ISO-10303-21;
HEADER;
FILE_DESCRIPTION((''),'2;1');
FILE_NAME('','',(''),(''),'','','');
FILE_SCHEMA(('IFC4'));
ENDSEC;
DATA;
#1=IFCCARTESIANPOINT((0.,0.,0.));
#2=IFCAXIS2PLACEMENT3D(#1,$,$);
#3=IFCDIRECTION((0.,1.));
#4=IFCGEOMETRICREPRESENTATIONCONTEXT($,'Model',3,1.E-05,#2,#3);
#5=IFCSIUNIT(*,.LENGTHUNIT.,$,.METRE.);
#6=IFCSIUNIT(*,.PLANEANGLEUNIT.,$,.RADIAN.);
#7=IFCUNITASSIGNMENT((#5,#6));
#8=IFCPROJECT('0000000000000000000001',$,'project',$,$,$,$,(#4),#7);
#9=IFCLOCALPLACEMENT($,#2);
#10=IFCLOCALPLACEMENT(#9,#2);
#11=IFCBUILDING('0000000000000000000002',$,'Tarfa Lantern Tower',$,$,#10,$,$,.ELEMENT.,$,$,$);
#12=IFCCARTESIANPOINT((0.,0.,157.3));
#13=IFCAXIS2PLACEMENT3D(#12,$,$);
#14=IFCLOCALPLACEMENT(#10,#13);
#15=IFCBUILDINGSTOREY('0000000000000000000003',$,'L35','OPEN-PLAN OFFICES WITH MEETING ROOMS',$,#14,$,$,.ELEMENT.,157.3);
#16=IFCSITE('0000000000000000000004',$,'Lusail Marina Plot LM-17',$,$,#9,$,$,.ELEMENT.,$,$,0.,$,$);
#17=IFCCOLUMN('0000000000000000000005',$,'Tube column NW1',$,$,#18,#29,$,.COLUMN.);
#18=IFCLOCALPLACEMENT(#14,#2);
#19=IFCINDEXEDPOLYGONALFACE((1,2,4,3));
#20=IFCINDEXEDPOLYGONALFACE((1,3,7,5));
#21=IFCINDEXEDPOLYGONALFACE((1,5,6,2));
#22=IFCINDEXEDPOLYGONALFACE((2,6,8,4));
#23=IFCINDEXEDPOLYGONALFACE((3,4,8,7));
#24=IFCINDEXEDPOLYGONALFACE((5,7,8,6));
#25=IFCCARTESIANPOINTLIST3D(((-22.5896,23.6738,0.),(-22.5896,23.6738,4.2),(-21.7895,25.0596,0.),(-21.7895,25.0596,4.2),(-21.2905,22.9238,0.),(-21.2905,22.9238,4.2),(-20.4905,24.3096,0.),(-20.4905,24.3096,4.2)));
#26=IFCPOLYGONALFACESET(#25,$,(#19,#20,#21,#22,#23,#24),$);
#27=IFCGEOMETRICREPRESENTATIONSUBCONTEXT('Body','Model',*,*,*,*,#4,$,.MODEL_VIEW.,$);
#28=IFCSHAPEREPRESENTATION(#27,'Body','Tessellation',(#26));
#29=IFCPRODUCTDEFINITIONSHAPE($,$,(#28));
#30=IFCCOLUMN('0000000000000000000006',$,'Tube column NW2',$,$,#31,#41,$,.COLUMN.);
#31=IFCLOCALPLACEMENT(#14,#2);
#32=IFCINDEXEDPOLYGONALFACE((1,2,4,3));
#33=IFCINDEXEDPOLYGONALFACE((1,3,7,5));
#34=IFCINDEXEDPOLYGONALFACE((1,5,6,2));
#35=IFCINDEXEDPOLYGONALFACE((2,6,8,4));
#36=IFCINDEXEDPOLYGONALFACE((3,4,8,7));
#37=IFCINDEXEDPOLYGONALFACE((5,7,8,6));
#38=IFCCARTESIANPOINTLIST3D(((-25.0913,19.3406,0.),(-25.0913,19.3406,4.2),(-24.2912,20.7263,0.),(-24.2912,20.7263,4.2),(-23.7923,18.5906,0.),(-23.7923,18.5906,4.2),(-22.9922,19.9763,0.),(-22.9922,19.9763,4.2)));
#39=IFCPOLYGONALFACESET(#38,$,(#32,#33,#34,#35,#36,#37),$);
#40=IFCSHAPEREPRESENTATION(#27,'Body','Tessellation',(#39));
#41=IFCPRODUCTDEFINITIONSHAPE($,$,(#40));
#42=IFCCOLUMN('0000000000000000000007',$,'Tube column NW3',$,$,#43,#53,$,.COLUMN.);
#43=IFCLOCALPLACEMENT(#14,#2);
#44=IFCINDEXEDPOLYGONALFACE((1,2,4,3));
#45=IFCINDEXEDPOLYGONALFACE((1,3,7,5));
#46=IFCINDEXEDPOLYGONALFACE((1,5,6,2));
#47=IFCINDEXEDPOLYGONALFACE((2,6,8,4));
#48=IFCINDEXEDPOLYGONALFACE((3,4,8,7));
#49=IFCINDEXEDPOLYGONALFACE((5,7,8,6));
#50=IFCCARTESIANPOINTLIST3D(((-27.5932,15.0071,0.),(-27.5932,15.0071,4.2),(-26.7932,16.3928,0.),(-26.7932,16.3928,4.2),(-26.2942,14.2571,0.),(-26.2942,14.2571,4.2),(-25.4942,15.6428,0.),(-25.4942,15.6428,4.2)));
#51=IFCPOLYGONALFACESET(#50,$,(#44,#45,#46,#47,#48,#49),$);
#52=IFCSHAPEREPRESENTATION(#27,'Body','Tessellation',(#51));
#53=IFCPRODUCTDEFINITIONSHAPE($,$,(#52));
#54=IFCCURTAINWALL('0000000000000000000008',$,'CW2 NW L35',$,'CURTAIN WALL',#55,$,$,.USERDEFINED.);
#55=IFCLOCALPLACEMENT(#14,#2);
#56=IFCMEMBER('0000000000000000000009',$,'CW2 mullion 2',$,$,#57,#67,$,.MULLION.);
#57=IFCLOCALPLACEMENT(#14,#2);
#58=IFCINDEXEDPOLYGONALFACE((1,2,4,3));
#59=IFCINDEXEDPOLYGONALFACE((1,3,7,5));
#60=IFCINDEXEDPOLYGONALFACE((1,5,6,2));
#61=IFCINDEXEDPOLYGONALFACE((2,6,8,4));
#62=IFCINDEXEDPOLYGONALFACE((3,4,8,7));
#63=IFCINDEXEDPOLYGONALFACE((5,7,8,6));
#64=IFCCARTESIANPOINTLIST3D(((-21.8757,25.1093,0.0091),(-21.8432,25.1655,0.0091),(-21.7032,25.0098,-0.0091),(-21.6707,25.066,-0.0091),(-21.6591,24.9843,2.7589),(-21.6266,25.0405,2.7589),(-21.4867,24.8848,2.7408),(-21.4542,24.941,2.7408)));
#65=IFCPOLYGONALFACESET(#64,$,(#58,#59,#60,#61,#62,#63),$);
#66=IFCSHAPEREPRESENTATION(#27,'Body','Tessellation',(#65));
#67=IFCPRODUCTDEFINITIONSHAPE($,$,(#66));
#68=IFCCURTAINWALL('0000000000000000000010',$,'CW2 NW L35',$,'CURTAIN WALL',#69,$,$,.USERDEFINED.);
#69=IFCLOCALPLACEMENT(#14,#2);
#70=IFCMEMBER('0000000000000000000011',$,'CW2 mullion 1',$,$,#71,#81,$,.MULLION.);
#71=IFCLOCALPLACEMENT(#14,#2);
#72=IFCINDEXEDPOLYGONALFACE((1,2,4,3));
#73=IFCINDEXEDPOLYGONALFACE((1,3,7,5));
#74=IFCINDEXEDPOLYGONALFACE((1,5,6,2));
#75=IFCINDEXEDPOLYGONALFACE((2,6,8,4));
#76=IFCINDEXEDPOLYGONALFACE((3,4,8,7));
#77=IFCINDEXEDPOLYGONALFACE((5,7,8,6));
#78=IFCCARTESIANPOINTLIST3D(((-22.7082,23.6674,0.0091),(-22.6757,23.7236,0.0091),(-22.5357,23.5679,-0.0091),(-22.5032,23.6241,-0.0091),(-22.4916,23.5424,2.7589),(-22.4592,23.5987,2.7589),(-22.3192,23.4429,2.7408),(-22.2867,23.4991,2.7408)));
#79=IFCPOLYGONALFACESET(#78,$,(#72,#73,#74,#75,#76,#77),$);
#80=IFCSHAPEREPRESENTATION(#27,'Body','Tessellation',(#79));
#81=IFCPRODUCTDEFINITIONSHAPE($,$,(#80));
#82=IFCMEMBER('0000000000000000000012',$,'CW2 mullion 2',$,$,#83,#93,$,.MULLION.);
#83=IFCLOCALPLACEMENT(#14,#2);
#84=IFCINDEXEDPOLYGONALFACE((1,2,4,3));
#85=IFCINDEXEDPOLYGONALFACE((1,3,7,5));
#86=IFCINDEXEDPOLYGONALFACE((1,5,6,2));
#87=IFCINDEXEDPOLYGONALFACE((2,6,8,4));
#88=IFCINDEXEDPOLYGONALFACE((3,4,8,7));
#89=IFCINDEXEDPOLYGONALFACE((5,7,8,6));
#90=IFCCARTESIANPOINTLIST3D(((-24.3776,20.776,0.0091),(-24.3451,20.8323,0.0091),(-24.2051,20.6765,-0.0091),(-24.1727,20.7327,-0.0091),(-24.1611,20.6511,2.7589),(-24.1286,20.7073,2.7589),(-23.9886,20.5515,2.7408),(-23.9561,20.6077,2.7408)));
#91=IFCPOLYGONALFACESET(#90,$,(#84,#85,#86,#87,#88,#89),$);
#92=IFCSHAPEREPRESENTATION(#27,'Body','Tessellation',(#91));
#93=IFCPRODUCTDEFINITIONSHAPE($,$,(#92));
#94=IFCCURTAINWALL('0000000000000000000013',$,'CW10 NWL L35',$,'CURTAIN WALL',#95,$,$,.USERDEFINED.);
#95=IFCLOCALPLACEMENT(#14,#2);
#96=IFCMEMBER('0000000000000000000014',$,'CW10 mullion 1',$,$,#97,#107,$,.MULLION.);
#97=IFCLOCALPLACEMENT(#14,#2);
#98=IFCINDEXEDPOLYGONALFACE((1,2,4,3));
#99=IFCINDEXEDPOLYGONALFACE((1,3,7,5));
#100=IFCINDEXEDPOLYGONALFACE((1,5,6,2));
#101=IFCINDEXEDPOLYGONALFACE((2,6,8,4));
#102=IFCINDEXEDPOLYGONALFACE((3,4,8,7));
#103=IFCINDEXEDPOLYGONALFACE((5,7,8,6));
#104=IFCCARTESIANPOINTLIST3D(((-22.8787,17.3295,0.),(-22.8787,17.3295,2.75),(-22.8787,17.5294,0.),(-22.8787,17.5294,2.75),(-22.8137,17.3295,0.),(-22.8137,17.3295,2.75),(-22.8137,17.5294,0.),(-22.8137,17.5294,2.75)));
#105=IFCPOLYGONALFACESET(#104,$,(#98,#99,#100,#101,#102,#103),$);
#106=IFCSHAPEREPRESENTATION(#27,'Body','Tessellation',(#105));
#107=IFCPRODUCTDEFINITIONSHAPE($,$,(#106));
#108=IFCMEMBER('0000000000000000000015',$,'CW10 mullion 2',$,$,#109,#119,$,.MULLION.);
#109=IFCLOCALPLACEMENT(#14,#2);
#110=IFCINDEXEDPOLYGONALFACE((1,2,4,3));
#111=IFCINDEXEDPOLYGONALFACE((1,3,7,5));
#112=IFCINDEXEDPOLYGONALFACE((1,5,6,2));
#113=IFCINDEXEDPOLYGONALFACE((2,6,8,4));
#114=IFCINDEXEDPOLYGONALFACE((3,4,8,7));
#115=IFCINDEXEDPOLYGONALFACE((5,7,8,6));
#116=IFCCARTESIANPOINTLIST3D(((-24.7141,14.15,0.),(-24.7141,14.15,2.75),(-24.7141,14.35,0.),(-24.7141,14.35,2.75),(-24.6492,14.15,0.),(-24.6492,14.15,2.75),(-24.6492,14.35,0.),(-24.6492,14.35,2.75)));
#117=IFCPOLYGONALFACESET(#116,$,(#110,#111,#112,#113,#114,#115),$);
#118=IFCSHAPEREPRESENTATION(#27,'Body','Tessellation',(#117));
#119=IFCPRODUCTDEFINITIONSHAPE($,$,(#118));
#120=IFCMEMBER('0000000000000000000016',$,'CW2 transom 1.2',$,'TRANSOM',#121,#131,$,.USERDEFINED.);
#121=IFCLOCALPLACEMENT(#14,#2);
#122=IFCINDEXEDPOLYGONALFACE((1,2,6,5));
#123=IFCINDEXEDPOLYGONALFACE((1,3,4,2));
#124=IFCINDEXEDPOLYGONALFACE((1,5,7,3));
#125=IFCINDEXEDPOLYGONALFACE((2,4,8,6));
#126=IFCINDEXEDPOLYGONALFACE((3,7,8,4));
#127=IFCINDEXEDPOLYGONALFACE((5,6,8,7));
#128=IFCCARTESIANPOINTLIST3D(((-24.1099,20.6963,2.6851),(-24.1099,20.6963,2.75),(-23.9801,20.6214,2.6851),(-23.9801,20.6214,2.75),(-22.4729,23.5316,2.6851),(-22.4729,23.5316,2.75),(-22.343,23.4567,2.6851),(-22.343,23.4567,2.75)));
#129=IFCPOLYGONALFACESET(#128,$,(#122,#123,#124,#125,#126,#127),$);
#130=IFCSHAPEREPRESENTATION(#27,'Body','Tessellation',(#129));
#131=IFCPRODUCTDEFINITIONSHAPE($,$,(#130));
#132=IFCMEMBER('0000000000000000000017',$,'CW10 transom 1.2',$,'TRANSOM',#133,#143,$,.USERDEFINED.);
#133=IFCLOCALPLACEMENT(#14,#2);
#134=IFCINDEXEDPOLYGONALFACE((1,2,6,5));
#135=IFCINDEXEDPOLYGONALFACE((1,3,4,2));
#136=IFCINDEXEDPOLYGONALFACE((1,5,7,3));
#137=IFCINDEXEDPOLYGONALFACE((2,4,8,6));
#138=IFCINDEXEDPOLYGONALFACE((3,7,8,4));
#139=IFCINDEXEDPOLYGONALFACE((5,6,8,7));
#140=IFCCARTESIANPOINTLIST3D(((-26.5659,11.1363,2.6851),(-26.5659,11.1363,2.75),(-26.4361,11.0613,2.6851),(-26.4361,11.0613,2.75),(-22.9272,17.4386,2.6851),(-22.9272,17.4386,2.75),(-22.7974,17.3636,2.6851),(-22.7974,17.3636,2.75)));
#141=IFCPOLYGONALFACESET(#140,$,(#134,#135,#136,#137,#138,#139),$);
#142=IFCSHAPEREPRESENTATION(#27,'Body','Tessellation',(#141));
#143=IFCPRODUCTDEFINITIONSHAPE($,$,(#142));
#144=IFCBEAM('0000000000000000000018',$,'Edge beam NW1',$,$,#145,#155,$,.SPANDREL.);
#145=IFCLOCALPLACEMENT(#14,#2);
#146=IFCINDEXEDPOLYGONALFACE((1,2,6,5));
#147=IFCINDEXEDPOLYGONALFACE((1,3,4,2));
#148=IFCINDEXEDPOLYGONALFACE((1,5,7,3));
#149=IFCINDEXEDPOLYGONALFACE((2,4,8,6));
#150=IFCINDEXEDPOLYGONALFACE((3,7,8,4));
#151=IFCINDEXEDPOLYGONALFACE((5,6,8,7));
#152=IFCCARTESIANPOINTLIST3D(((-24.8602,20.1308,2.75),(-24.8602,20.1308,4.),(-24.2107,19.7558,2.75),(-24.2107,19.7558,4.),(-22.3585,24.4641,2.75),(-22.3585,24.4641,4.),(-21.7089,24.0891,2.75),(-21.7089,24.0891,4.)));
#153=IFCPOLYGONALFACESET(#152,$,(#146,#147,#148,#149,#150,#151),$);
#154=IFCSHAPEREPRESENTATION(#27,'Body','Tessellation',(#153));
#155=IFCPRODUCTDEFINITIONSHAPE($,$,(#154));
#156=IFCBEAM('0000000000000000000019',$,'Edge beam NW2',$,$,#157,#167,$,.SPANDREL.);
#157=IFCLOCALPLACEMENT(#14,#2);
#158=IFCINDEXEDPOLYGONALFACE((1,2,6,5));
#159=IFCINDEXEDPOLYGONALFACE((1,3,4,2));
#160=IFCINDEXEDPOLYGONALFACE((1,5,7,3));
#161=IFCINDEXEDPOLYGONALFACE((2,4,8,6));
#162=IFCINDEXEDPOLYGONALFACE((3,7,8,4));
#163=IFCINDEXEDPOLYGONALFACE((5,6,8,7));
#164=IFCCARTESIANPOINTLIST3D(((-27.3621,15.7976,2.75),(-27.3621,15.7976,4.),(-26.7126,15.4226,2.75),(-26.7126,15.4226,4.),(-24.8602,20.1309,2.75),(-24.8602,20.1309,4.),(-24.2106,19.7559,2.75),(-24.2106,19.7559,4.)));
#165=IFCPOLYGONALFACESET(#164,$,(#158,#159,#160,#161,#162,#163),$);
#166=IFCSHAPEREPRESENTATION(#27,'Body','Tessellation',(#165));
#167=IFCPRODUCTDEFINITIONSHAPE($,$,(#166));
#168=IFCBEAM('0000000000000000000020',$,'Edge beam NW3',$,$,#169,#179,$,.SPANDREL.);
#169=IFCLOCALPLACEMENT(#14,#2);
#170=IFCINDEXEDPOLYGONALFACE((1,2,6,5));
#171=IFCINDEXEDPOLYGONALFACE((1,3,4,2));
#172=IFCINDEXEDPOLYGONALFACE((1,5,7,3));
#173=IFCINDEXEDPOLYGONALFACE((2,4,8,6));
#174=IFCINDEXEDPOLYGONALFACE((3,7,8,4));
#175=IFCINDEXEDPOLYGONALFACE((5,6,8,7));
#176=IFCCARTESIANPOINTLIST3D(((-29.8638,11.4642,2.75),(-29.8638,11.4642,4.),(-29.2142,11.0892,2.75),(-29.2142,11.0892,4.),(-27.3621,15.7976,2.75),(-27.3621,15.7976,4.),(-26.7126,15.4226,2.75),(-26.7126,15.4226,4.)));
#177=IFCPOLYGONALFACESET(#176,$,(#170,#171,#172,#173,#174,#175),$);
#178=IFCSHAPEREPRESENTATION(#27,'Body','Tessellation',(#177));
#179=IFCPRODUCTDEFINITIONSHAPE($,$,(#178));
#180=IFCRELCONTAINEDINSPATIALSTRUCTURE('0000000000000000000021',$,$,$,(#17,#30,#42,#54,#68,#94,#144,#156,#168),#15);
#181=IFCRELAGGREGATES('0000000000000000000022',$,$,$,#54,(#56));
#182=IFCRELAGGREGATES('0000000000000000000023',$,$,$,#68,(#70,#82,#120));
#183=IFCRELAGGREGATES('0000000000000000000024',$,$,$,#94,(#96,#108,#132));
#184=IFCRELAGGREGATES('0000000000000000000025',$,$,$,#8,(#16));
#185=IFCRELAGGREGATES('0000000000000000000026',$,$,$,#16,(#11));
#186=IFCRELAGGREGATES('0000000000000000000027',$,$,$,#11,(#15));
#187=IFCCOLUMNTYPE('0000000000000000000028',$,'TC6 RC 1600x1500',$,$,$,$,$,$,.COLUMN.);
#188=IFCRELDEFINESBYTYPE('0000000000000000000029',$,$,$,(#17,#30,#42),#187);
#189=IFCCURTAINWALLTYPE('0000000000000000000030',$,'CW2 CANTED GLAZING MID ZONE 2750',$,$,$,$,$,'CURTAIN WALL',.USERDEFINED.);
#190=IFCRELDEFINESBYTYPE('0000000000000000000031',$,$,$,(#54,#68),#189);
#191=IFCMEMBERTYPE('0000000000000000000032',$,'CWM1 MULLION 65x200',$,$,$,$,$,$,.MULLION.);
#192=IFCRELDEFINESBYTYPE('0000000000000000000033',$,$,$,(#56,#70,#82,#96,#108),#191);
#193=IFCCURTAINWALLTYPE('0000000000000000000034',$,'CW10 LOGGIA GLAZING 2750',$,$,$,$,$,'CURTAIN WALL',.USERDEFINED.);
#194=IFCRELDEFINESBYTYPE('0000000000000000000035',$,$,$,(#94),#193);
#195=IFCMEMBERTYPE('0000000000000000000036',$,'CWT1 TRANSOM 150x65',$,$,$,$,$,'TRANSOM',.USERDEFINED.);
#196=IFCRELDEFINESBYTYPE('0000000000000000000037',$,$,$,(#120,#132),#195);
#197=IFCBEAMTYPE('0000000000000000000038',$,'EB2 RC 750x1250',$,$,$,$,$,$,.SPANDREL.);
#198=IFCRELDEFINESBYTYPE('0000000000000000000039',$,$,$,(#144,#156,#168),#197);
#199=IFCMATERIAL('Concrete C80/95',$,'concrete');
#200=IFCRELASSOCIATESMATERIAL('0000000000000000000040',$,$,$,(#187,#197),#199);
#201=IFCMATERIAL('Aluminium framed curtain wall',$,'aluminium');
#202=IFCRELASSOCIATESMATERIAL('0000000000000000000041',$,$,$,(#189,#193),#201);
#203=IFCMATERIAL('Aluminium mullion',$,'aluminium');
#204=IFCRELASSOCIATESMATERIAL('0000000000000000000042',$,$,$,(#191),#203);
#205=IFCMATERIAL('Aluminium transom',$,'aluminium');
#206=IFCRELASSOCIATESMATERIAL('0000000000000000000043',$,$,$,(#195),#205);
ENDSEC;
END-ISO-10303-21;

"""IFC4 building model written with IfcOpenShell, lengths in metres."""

from ifc_helpers import new_model, si_unit, direction, frame, origin, origin_2d, place, context, subcontext, project, spatial, rectangle, extrude, material, material_profile, profile_set, type_object, element, aggregate, save


model = new_model("IFC4")

# Units and contexts
model_context = context("Model", 3, precision=1e-05, world=origin(), true_north=direction((0.0, 1.0)))
body_context = subcontext(model_context, "Body", "Model", "MODEL_VIEW")
ifc_project = project(units=[si_unit("LENGTHUNIT", "METRE"), si_unit("PLANEANGLEUNIT", "RADIAN")], contexts=[model_context])

# Site, building, storey
site_placement = place(None, origin())
site = spatial("IfcSite", under=ifc_project, at=site_placement, Name="Lusail Marina Plot LM-17", CompositionType="ELEMENT", RefElevation=0.0)
building_placement = place(site_placement, origin())
building = spatial("IfcBuilding", under=site, at=building_placement, Name="Tarfa Lantern Tower", CompositionType="ELEMENT")
storey_placement = place(building_placement, frame((0.0, 0.0, 157.3)))
storey = spatial("IfcBuildingStorey", under=building, at=storey_placement, Name="L35", Description="OPEN-PLAN OFFICES WITH MEETING ROOMS", CompositionType="ELEMENT", Elevation=157.3)

# Columns
ifc_material_1 = material(Name="Concrete C80/95", Category="concrete")
ifc_material_profile_1 = material_profile(ifc_material_1, rectangle(XDim=1.6001, YDim=1.5, at=origin_2d()), Name="RC 1600x1500")
ifc_profile_set_1 = profile_set([ifc_material_profile_1], Name="Concrete C80/95")
column_type = type_object("IfcColumnType", Name="TC6 RC 1600x1500", PredefinedType="COLUMN", material=ifc_profile_set_1)
for number, where, z_axis, x_axis, name in (
    (1, (-21.54, 23.9917, 0.0), (0.0, 0.0, 1.0), (-0.5, -0.866025, 0.0), "Tube column NW1"),
    (2, (-24.0417, 19.6584, 0.0), (0.0, 0.0, 1.0), (-0.5, -0.866025, 0.0), "Tube column NW2"),
    (3, (-26.5437, 15.325, 0.0), (0.0, 0.0, 1.0), (-0.5, -0.866025, 0.0), "Tube column NW3"),
):
    element("IfcColumn", number, at=place(storey_placement, frame(where, z_axis=z_axis, x_axis=x_axis)), inside=storey, type_object=column_type, Name=name, PredefinedType="COLUMN", context=body_context, shape_type="SweptSolid", body=[
        extrude(rectangle(XDim=1.6001, YDim=1.5, at=origin_2d()), origin(), (0.0, 0.0, 1.0), 4.2),
    ])

# Curtain wall, member
ifc_material_2 = material(Name="Aluminium framed curtain wall", Category="aluminium")
curtain_wall_type_1 = type_object("IfcCurtainWallType", Name="CW2 CANTED GLAZING MID ZONE 2750", ElementType="CURTAIN WALL", PredefinedType="USERDEFINED", material=ifc_material_2)
curtain_wall_1_placement = place(storey_placement, origin())
curtain_wall_1 = element("IfcCurtainWall", 4, at=curtain_wall_1_placement, inside=storey, type_object=curtain_wall_type_1, Name="CW2 NW L35", ObjectType="CURTAIN WALL", PredefinedType="USERDEFINED")
ifc_material_3 = material(Name="Aluminium mullion", Category="aluminium")
ifc_material_profile_2 = material_profile(ifc_material_3, rectangle(XDim=0.0649, YDim=0.2, at=origin_2d()), Name="AL MULLION 65x200")
ifc_profile_set_2 = profile_set([ifc_material_profile_2], Name="Aluminium mullion")
member_type_1 = type_object("IfcMemberType", Name="CWM1 MULLION 65x200", PredefinedType="MULLION", material=ifc_profile_set_2)
member_1_placement = place(storey_placement, frame((-21.7732, 25.0876, 0.0), z_axis=(0.078423, -0.045268, 0.995892), x_axis=(0.49992, 0.866072, 0.0)))
member_1 = element("IfcMember", 5, at=member_1_placement, type_object=member_type_1, Name="CW2 mullion 2", PredefinedType="MULLION", context=body_context, shape_type="SweptSolid", body=[
    extrude(rectangle(XDim=0.0649, YDim=0.2, at=origin_2d()), origin(), (0.0, 0.0, 1.0), 2.7612),
])
aggregate(curtain_wall_1, [member_1])

# Curtain walls, members
curtain_wall_2_placement = place(storey_placement, origin())
curtain_wall_2 = element("IfcCurtainWall", 6, at=curtain_wall_2_placement, inside=storey, type_object=curtain_wall_type_1, Name="CW2 NW L35", ObjectType="CURTAIN WALL", PredefinedType="USERDEFINED")
member_2_placement = place(storey_placement, frame((-22.6057, 23.6458, 0.0), z_axis=(0.078423, -0.045268, 0.995892), x_axis=(0.49992, 0.866072, 0.0)))
member_2 = element("IfcMember", 7, at=member_2_placement, type_object=member_type_1, Name="CW2 mullion 1", PredefinedType="MULLION", context=body_context, shape_type="SweptSolid", body=[
    extrude(rectangle(XDim=0.0649, YDim=0.2, at=origin_2d()), origin(), (0.0, 0.0, 1.0), 2.7612),
])
member_3_placement = place(storey_placement, frame((-24.2751, 20.7544, 0.0), z_axis=(0.078423, -0.045268, 0.995892), x_axis=(0.49992, 0.866072, 0.0)))
member_3 = element("IfcMember", 8, at=member_3_placement, type_object=member_type_1, Name="CW2 mullion 2", PredefinedType="MULLION", context=body_context, shape_type="SweptSolid", body=[
    extrude(rectangle(XDim=0.0649, YDim=0.2, at=origin_2d()), origin(), (0.0, 0.0, 1.0), 2.7612),
])
curtain_wall_type_2 = type_object("IfcCurtainWallType", Name="CW10 LOGGIA GLAZING 2750", ElementType="CURTAIN WALL", PredefinedType="USERDEFINED", material=ifc_material_2)
curtain_wall_3_placement = place(storey_placement, origin())
curtain_wall_3 = element("IfcCurtainWall", 9, at=curtain_wall_3_placement, inside=storey, type_object=curtain_wall_type_2, Name="CW10 NWL L35", ObjectType="CURTAIN WALL", PredefinedType="USERDEFINED")
member_4_placement = place(storey_placement, frame((-22.8462, 17.4294, 0.0), z_axis=(0.0, 0.0, 1.0), x_axis=(1.0, 0.0, 0.0)))
member_4 = element("IfcMember", 10, at=member_4_placement, type_object=member_type_1, Name="CW10 mullion 1", PredefinedType="MULLION", context=body_context, shape_type="SweptSolid", body=[
    extrude(rectangle(XDim=0.0649, YDim=0.2, at=origin_2d()), origin(), (0.0, 0.0, 1.0), 2.75),
])
member_5_placement = place(storey_placement, frame((-24.6816, 14.25, 0.0), z_axis=(0.0, 0.0, 1.0), x_axis=(1.0, 0.0, 0.0)))
member_5 = element("IfcMember", 11, at=member_5_placement, type_object=member_type_1, Name="CW10 mullion 2", PredefinedType="MULLION", context=body_context, shape_type="SweptSolid", body=[
    extrude(rectangle(XDim=0.0649, YDim=0.2, at=origin_2d()), origin(), (0.0, 0.0, 1.0), 2.75),
])

# Members
ifc_material_4 = material(Name="Aluminium transom", Category="aluminium")
ifc_material_profile_3 = material_profile(ifc_material_4, rectangle(XDim=0.1499, YDim=0.0649, at=origin_2d()), Name="AL TRANSOM 150x65")
ifc_profile_set_3 = profile_set([ifc_material_profile_3], Name="Aluminium transom")
member_type_2 = type_object("IfcMemberType", Name="CWT1 TRANSOM 150x65", ElementType="TRANSOM", PredefinedType="USERDEFINED", material=ifc_profile_set_3)
member_6_placement = place(storey_placement, frame((-22.408, 23.4941, 2.7175), z_axis=(-0.500013, -0.866018, 0.0), x_axis=(0.866018, -0.500013, 0.0)))
member_6 = element("IfcMember", 12, at=member_6_placement, type_object=member_type_2, Name="CW2 transom 1.2", ObjectType="TRANSOM", PredefinedType="USERDEFINED", context=body_context, shape_type="SweptSolid", body=[
    extrude(rectangle(XDim=0.1499, YDim=0.0649, at=origin_2d()), origin(), (0.0, 0.0, 1.0), 3.2739),
])
member_7_placement = place(storey_placement, frame((-22.8623, 17.4011, 2.7175), z_axis=(-0.500007, -0.866021, 0.0), x_axis=(0.866021, -0.500007, 0.0)))
member_7 = element("IfcMember", 13, at=member_7_placement, type_object=member_type_2, Name="CW10 transom 1.2", ObjectType="TRANSOM", PredefinedType="USERDEFINED", context=body_context, shape_type="SweptSolid", body=[
    extrude(rectangle(XDim=0.1499, YDim=0.0649, at=origin_2d()), origin(), (0.0, 0.0, 1.0), 7.2773),
])

# Beams
ifc_material_profile_4 = material_profile(ifc_material_1, rectangle(XDim=0.75, YDim=1.25, at=origin_2d()), Name="RC 750x1250")
ifc_profile_set_4 = profile_set([ifc_material_profile_4], Name="Concrete C80/95")
beam_type_1 = type_object("IfcBeamType", Name="EB2 RC 750x1250", PredefinedType="SPANDREL", material=ifc_profile_set_4)
for number, where, z_axis, x_axis, name in (
    (14, (-22.0337, 24.2766, 3.375), (-0.499986, -0.866034, 0.0), (0.866034, -0.499986, 0.0), "Edge beam NW1"),
    (15, (-24.5354, 19.9434, 3.375), (-0.500022, -0.866013, 0.0), (0.866013, -0.500022, 0.0), "Edge beam NW2"),
    (16, (-27.0374, 15.6101, 3.375), (-0.499965, -0.866046, 0.0), (0.866046, -0.499965, 0.0), "Edge beam NW3"),
):
    element("IfcBeam", number, at=place(storey_placement, frame(where, z_axis=z_axis, x_axis=x_axis)), inside=storey, type_object=beam_type_1, Name=name, PredefinedType="SPANDREL", context=body_context, shape_type="SweptSolid", body=[
        extrude(rectangle(XDim=0.75, YDim=1.25, at=origin_2d()), origin(), (0.0, 0.0, 1.0), 5.0037),
    ])

aggregate(curtain_wall_2, [member_2, member_3, member_6])
aggregate(curtain_wall_3, [member_4, member_5, member_7])

save(model, "model.ifc")
